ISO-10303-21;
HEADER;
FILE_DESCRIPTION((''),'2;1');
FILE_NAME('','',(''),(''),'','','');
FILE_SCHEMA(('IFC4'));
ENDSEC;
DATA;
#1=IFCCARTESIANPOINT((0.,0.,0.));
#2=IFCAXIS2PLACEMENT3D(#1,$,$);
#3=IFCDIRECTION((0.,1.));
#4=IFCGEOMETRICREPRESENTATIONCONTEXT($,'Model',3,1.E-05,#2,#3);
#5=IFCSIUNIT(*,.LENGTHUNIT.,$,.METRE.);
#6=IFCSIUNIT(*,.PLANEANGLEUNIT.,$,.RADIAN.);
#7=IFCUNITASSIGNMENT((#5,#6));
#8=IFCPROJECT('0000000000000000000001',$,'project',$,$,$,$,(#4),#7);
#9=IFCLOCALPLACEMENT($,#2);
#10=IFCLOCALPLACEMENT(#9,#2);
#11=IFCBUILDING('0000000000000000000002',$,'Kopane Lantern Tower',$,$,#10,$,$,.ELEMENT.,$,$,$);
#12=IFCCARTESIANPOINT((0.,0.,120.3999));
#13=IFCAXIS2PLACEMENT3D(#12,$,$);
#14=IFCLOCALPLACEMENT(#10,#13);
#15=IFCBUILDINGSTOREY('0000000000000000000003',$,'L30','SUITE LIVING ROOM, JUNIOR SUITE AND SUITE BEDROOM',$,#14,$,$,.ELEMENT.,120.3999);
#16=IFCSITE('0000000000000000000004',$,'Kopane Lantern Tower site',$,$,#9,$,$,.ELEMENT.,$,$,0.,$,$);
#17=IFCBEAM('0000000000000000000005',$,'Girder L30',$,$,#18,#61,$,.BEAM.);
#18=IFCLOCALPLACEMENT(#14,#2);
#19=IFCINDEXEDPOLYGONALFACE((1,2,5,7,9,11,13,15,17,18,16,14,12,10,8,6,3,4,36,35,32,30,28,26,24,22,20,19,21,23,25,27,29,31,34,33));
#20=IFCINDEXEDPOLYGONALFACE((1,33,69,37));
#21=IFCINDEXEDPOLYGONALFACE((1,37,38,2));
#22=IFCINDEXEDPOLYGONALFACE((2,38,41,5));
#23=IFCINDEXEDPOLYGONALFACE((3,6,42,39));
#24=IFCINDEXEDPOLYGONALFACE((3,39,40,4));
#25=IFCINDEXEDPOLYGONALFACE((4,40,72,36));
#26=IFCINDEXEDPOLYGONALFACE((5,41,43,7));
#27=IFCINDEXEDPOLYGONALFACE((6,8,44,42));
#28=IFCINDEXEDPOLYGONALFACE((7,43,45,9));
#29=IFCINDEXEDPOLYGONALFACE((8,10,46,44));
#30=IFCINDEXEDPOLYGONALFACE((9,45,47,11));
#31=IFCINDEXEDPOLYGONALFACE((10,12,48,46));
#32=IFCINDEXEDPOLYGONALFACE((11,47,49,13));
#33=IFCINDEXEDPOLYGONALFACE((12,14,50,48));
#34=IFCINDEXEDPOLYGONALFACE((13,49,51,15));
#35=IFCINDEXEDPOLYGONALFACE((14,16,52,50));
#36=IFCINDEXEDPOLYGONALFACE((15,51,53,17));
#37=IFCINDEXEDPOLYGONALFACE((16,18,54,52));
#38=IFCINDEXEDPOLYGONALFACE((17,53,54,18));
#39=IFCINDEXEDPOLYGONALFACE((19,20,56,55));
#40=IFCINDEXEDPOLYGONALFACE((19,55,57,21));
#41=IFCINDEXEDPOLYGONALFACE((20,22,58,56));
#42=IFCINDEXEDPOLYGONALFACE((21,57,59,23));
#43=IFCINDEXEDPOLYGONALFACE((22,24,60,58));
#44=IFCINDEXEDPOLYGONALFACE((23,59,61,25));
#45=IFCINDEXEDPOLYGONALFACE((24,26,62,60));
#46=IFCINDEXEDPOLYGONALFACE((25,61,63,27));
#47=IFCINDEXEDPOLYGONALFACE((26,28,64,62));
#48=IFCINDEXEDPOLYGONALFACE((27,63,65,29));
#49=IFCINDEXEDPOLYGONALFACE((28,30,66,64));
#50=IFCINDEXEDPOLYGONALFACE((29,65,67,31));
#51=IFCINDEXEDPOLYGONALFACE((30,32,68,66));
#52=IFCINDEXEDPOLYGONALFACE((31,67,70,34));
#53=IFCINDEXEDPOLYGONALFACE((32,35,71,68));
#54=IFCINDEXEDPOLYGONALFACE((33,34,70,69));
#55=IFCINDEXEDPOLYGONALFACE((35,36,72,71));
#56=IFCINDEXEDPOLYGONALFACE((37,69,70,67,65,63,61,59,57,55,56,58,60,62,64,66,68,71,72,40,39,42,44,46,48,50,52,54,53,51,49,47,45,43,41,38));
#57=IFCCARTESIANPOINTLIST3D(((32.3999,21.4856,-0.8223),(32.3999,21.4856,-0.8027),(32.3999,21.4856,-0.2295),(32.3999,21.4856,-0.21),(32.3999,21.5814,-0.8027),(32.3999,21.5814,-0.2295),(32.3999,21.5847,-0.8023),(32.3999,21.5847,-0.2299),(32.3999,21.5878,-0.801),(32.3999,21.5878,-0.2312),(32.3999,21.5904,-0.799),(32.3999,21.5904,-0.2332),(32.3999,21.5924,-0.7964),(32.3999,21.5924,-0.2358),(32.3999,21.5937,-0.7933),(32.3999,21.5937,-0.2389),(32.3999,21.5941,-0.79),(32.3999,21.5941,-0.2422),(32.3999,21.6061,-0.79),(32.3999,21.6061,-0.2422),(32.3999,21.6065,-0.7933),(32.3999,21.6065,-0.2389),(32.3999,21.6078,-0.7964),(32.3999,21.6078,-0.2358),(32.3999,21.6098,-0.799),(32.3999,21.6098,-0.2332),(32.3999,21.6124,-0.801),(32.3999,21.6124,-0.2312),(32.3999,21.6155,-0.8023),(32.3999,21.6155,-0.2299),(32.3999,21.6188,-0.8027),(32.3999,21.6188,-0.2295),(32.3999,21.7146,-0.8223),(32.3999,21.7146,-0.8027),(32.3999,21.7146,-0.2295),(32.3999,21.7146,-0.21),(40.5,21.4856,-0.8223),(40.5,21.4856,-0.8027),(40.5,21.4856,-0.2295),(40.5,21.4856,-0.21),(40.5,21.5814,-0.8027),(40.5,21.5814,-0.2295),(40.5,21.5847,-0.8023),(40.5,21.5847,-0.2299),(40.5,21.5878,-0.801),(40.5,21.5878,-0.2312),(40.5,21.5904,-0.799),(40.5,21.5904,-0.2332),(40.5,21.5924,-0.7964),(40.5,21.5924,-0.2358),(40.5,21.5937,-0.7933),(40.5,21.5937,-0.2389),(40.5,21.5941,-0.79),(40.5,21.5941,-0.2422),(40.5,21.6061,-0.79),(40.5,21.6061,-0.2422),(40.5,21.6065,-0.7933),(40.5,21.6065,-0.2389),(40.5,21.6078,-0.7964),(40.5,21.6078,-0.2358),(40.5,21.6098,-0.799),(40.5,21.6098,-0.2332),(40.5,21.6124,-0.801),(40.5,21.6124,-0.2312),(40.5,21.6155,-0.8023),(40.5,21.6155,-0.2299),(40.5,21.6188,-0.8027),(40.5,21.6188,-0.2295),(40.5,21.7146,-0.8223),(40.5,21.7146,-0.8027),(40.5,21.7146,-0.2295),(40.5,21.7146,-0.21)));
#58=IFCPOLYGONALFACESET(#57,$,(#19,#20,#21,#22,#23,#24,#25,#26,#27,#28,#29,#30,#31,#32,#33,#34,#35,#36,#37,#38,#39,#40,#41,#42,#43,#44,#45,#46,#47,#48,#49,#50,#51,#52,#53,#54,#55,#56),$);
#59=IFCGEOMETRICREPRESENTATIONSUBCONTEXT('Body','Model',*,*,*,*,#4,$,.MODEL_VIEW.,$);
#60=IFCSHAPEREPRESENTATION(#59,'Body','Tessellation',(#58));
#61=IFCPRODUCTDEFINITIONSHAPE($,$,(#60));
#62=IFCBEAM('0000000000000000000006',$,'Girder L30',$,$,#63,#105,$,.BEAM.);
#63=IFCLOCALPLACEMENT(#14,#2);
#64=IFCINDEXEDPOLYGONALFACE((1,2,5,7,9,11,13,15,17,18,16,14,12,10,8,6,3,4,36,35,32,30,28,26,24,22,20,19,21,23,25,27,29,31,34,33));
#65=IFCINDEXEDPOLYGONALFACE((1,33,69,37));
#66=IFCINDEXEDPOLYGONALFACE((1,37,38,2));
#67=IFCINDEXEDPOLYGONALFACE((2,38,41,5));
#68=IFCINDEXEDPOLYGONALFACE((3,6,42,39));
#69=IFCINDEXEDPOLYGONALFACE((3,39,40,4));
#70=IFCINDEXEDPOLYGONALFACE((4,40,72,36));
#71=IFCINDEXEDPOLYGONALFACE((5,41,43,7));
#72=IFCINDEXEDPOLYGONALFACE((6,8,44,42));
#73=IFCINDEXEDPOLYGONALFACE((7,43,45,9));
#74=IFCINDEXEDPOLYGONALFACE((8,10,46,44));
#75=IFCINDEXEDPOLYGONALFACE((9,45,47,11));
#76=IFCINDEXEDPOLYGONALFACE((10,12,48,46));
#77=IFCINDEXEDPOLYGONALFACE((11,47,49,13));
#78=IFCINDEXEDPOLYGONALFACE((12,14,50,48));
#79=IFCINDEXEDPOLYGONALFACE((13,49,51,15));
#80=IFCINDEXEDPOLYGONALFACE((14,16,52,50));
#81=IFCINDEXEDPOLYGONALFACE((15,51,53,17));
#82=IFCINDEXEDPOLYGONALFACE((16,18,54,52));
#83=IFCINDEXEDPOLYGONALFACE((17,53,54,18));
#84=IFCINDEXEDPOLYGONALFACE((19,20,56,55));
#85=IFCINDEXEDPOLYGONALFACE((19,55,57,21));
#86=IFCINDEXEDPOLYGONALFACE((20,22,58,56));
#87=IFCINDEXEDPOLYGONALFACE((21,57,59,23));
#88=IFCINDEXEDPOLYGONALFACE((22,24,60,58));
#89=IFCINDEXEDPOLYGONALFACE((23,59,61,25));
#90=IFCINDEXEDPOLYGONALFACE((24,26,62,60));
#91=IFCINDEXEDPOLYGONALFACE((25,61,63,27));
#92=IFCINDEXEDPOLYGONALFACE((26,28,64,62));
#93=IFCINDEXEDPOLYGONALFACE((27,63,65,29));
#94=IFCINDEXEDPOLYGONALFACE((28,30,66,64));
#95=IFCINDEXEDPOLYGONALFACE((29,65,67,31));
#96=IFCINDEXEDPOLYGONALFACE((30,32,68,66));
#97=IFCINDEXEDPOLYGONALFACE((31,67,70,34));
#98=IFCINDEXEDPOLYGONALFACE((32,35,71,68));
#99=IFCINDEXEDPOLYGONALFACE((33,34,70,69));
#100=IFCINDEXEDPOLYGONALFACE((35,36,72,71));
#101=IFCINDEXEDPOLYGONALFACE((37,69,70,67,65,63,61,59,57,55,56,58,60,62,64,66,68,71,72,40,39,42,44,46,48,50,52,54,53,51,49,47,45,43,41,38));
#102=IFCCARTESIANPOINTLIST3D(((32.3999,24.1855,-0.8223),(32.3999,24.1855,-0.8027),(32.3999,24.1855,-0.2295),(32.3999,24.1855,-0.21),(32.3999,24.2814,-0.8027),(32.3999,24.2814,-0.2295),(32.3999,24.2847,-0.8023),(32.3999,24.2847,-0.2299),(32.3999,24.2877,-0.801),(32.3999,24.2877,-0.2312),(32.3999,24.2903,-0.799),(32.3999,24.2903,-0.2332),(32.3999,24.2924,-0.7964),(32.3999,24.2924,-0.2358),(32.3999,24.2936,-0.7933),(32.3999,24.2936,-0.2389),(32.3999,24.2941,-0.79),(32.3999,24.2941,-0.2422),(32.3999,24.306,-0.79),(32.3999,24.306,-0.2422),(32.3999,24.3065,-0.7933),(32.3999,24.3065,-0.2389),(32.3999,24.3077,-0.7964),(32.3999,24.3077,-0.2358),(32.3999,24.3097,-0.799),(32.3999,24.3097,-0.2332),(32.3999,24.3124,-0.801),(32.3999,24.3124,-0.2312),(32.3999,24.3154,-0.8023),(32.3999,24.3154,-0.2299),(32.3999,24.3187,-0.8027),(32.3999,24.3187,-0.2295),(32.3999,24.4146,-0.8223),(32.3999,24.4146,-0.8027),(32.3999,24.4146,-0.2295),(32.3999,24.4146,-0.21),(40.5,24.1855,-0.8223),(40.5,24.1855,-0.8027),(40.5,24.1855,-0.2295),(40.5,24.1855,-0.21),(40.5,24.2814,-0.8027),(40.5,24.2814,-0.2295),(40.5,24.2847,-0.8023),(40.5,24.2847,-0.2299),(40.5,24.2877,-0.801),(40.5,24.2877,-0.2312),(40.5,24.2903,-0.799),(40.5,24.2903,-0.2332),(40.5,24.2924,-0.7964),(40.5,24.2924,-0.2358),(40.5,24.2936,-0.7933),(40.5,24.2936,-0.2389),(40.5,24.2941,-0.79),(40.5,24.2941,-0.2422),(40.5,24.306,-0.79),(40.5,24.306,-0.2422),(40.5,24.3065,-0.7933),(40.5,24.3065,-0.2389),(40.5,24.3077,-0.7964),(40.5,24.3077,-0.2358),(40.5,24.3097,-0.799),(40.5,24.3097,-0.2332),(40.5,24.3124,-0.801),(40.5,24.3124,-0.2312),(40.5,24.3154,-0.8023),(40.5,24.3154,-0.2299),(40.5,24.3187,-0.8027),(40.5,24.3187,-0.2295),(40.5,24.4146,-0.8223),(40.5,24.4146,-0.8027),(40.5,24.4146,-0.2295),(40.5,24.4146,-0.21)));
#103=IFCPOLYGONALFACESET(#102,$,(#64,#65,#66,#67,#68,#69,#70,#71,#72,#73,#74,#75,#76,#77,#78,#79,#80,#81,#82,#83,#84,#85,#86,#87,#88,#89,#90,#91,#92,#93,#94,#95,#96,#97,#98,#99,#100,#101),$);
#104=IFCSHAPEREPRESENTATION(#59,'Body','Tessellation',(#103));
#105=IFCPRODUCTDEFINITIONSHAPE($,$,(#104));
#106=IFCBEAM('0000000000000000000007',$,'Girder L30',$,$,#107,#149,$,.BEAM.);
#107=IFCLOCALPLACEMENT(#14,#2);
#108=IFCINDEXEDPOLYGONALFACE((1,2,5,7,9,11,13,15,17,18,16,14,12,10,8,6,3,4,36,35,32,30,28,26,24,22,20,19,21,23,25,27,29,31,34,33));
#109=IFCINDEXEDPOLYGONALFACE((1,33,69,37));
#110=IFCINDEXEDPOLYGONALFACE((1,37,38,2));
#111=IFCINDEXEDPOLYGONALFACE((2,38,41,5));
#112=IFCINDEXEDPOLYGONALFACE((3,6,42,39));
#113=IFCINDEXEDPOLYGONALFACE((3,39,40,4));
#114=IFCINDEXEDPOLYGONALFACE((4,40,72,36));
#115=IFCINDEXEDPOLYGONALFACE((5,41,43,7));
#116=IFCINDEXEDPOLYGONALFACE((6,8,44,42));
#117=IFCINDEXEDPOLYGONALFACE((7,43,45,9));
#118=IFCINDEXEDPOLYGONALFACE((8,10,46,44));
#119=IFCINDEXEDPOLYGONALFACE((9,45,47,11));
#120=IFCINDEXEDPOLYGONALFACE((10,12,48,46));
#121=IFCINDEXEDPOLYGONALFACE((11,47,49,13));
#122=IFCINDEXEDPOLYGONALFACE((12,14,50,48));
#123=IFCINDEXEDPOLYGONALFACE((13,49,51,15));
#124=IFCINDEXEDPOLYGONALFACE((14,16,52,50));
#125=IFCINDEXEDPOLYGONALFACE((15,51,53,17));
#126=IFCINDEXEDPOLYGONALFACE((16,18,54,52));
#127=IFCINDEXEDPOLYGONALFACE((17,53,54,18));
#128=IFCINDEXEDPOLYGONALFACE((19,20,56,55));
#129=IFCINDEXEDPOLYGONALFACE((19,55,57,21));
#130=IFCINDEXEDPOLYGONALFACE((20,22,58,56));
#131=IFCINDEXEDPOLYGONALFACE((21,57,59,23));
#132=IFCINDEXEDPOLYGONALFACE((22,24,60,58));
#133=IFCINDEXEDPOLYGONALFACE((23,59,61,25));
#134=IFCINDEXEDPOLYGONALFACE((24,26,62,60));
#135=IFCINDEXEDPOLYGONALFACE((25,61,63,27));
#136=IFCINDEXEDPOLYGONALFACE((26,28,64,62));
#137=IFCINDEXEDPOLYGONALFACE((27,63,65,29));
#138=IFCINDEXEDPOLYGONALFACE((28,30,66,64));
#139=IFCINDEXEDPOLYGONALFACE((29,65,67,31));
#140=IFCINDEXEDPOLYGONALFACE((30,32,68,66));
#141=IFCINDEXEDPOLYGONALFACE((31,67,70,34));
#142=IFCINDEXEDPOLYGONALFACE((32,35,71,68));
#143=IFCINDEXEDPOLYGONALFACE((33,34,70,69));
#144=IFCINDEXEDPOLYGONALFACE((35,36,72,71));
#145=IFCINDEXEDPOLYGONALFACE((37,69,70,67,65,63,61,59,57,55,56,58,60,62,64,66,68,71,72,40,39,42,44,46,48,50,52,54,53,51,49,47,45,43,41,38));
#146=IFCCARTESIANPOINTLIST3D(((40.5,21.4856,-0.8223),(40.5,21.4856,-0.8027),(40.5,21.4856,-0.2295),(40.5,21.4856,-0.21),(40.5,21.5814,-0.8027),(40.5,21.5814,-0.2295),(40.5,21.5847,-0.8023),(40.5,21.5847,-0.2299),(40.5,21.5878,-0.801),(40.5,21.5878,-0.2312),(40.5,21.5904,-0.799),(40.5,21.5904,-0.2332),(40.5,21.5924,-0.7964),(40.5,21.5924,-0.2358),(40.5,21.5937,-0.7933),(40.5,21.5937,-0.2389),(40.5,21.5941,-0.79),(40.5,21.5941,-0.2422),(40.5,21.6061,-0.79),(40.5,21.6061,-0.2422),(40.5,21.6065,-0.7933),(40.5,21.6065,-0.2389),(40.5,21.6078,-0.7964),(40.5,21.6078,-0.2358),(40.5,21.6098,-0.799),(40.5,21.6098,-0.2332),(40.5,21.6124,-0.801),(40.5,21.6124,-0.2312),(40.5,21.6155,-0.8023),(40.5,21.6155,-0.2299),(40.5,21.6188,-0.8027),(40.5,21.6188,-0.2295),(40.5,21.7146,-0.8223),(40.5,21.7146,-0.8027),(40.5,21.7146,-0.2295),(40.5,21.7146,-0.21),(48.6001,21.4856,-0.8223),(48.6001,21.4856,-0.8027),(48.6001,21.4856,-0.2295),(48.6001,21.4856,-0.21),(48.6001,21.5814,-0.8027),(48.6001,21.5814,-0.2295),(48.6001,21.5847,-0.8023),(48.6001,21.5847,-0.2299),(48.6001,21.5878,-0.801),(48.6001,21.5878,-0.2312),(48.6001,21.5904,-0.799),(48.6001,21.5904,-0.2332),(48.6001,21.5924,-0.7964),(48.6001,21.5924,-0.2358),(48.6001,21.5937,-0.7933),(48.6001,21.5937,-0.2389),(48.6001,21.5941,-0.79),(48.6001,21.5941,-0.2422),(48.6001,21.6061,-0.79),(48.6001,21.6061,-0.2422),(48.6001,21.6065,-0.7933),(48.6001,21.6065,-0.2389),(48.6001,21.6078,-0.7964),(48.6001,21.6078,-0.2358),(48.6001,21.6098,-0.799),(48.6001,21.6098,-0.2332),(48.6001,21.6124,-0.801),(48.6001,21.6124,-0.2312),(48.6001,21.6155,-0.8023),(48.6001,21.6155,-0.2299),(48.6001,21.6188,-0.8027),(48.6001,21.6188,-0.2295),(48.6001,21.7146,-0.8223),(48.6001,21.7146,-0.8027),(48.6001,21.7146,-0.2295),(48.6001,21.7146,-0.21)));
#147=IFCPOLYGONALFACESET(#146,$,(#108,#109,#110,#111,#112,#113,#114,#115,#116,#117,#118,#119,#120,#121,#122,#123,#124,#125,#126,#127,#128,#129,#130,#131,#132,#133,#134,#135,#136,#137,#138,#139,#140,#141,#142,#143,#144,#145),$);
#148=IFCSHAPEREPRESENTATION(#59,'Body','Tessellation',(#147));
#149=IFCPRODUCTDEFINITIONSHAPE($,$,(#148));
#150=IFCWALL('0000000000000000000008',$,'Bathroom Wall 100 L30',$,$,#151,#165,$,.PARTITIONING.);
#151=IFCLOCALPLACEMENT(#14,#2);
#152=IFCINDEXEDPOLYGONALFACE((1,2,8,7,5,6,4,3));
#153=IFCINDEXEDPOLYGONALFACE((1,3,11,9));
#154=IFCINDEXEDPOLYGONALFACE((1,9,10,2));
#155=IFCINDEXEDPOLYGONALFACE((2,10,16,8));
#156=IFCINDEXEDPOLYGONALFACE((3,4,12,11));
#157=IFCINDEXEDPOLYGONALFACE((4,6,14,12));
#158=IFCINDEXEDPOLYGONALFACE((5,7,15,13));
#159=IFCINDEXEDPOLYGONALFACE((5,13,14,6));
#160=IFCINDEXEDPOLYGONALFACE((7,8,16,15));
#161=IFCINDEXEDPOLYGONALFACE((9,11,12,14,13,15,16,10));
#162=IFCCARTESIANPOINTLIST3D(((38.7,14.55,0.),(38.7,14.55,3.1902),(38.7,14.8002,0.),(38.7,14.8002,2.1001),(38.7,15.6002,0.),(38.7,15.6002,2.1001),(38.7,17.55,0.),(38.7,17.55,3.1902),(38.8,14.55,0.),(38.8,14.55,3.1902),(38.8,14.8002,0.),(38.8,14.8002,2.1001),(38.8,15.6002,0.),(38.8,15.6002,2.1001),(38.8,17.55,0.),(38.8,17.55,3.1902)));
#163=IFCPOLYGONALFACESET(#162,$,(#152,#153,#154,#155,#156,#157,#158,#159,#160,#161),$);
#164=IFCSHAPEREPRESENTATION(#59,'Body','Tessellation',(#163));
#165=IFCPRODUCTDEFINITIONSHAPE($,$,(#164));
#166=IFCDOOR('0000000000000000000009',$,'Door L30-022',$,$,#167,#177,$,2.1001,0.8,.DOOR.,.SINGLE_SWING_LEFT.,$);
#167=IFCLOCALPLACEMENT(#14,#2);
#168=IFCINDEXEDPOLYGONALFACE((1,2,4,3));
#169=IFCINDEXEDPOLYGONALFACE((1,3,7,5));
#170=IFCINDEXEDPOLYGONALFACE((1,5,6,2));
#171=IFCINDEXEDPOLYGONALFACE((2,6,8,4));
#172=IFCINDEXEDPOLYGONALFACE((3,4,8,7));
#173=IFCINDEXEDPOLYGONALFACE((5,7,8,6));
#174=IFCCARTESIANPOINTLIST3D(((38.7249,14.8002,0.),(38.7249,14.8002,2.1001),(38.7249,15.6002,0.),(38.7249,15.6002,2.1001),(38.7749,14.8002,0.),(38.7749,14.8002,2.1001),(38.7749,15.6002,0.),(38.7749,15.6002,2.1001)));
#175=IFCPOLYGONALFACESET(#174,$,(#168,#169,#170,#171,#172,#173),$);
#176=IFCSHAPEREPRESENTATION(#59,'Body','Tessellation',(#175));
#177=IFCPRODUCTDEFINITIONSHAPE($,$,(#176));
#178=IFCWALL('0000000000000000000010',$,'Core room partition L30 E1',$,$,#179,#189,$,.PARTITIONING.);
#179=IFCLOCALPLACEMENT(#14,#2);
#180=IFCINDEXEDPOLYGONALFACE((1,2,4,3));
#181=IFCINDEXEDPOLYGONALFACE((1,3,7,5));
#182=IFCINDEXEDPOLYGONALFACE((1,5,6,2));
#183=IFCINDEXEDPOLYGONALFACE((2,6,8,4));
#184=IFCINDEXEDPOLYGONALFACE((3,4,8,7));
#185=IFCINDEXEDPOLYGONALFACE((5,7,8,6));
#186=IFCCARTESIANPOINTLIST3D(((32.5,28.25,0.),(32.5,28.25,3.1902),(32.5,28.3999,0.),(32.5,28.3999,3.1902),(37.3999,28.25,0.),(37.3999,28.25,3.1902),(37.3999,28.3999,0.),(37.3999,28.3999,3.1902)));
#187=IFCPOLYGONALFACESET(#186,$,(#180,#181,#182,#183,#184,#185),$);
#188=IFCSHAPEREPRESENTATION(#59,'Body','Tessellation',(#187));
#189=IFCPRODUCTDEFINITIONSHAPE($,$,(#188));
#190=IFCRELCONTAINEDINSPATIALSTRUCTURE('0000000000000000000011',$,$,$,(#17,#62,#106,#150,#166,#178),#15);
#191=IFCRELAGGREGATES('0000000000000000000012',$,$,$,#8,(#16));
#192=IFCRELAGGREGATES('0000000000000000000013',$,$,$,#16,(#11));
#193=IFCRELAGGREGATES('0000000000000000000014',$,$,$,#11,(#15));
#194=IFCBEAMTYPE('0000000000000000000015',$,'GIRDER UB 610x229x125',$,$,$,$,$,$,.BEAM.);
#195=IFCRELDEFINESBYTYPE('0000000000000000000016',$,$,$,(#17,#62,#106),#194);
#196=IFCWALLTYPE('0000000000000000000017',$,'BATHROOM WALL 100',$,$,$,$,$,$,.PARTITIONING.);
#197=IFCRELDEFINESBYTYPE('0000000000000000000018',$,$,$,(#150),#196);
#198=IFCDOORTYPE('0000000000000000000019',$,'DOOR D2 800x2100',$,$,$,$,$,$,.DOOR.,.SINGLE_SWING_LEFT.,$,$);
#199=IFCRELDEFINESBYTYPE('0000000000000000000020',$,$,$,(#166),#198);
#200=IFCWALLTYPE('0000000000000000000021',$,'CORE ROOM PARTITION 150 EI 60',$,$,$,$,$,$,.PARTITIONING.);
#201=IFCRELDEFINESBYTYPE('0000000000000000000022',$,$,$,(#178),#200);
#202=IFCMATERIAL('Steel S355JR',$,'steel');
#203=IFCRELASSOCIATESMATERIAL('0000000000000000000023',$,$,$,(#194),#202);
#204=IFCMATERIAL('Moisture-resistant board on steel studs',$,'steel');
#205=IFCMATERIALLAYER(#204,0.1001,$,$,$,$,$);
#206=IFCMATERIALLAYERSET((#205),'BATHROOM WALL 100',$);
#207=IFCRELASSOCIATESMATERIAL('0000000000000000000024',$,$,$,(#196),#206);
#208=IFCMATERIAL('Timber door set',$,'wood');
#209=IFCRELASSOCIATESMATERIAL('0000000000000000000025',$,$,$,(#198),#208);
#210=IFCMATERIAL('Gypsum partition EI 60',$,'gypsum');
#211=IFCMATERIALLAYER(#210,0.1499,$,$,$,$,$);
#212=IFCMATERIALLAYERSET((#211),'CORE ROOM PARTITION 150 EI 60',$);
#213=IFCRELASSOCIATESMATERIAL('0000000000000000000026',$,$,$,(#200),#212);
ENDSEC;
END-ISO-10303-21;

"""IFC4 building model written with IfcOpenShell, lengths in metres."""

from ifc_helpers import new_model, si_unit, direction, frame, frame_2d, origin, origin_2d, place, context, subcontext, project, spatial, rectangle, i_section, extrude, material, layer, layer_set, material_profile, profile_set, type_object, element, fill, save


model = new_model("IFC4")

# Units and contexts
model_context = context("Model", 3, precision=1e-05, world=origin(), true_north=direction((0.0, 1.0)))
body_context = subcontext(model_context, "Body", "Model", "MODEL_VIEW")
ifc_project = project(units=[si_unit("LENGTHUNIT", "METRE"), si_unit("PLANEANGLEUNIT", "RADIAN")], contexts=[model_context])

# Site, building, storey
site_placement = place(None, origin())
site = spatial("IfcSite", under=ifc_project, at=site_placement, Name="Kopane Lantern Tower site", CompositionType="ELEMENT", RefElevation=0.0)
building_placement = place(site_placement, origin())
building = spatial("IfcBuilding", under=site, at=building_placement, Name="Kopane Lantern Tower", CompositionType="ELEMENT")
storey_placement = place(building_placement, frame((0.0, 0.0, 120.3999)))
storey = spatial("IfcBuildingStorey", under=building, at=storey_placement, Name="L30", Description="SUITE LIVING ROOM, JUNIOR SUITE AND SUITE BEDROOM", CompositionType="ELEMENT", Elevation=120.3999)

# Beams
ifc_material_1 = material(Name="Steel S355JR", Category="steel")
ifc_material_profile_1 = material_profile(ifc_material_1, i_section(OverallWidth=0.229, OverallDepth=0.6123, WebThickness=0.012, FlangeThickness=0.0195, FilletRadius=0.0127, at=origin_2d()), Name="UB 610x229x125")
ifc_profile_set_1 = profile_set([ifc_material_profile_1], Name="Steel S355JR")
beam_type_1 = type_object("IfcBeamType", Name="GIRDER UB 610x229x125", PredefinedType="BEAM", material=ifc_profile_set_1)
for number, where, z_axis, x_axis, name in (
    (1, (32.3999, 21.6001, -0.5161), (1.0, 0.0, 0.0), (0.0, 1.0, 0.0), "Girder L30"),
    (2, (32.3999, 24.3, -0.5161), (1.0, 0.0, 0.0), (0.0, 1.0, 0.0), "Girder L30"),
    (3, (40.5, 21.6001, -0.5161), (1.0, 0.0, 0.0), (0.0, 1.0, 0.0), "Girder L30"),
):
    element("IfcBeam", number, at=place(storey_placement, frame(where, z_axis=z_axis, x_axis=x_axis)), inside=storey, type_object=beam_type_1, Name=name, PredefinedType="BEAM", context=body_context, shape_type="SweptSolid", body=[
        extrude(i_section(OverallWidth=0.229, OverallDepth=0.6123, WebThickness=0.012, FlangeThickness=0.0195, FilletRadius=0.0127, at=origin_2d()), origin(), (0.0, 0.0, 1.0), 8.1001),
    ])

# Wall, opening, door
ifc_material_2 = material(Name="Moisture-resistant board on steel studs", Category="steel")
ifc_layer_1 = layer(ifc_material_2, 0.1001)
ifc_layer_set_1 = layer_set([ifc_layer_1], Name="BATHROOM WALL 100")
wall_type_1 = type_object("IfcWallType", Name="BATHROOM WALL 100", PredefinedType="PARTITIONING", material=ifc_layer_set_1)
wall_1_placement = place(storey_placement, frame((38.75, 17.55, 0.0), z_axis=(0.0, 0.0, 1.0), x_axis=(0.0, -1.0, 0.0)))
wall_1 = element("IfcWall", 4, at=wall_1_placement, inside=storey, type_object=wall_type_1, Name="Bathroom Wall 100 L30", PredefinedType="PARTITIONING", context=body_context, shape_type="SweptSolid", body=[
    extrude(rectangle(XDim=3.0, YDim=0.1001, at=frame_2d((1.5, 0.0))), origin(), (0.0, 0.0, 1.0), 3.1902),
])
opening_1_placement = place(wall_1_placement, frame((1.95, 0.0, 0.0)))
opening_1 = element("IfcOpeningElement", 5, at=opening_1_placement, cuts=wall_1, PredefinedType="OPENING", context=body_context, shape_type="SweptSolid", body=[
    extrude(rectangle(XDim=0.8, YDim=2.1001, at=frame_2d((0.3999, 1.05))), frame((0.0, 0.0601, 0.0), z_axis=(0.0, -1.0, 0.0), x_axis=(1.0, 0.0, 0.0)), (0.0, 0.0, 1.0), 0.1201),
])
ifc_material_3 = material(Name="Timber door set", Category="wood")
door_type_1 = type_object("IfcDoorType", Name="DOOR D2 800x2100", OperationType="SINGLE_SWING_LEFT", PredefinedType="DOOR", material=ifc_material_3)
door_1_placement = place(opening_1_placement, origin())
door_1 = element("IfcDoor", 6, at=door_1_placement, inside=storey, type_object=door_type_1, Name="Door L30-022", OperationType="SINGLE_SWING_LEFT", OverallHeight=2.1001, OverallWidth=0.8, PredefinedType="DOOR", context=body_context, shape_type="SweptSolid", body=[
    extrude(rectangle(XDim=0.8, YDim=2.1001, at=frame_2d((0.3999, 1.05))), frame((0.0, 0.0249, 0.0), z_axis=(0.0, -1.0, 0.0), x_axis=(1.0, 0.0, 0.0)), (0.0, 0.0, 1.0), 0.05),
])
fill(opening_1, door_1)

# Wall
ifc_material_4 = material(Name="Gypsum partition EI 60", Category="gypsum")
ifc_layer_2 = layer(ifc_material_4, 0.1499)
ifc_layer_set_2 = layer_set([ifc_layer_2], Name="CORE ROOM PARTITION 150 EI 60")
wall_type_2 = type_object("IfcWallType", Name="CORE ROOM PARTITION 150 EI 60", PredefinedType="PARTITIONING", material=ifc_layer_set_2)
wall_2_placement = place(storey_placement, frame((32.5, 28.325, 0.0), z_axis=(0.0, 0.0, 1.0), x_axis=(1.0, 0.0, 0.0)))
element("IfcWall", 7, at=wall_2_placement, inside=storey, type_object=wall_type_2, Name="Core room partition L30 E1", PredefinedType="PARTITIONING", context=body_context, shape_type="SweptSolid", body=[
    extrude(rectangle(XDim=4.8999, YDim=0.1499, at=frame_2d((2.45, 0.0))), origin(), (0.0, 0.0, 1.0), 3.1902),
])

save(model, "model.ifc")
